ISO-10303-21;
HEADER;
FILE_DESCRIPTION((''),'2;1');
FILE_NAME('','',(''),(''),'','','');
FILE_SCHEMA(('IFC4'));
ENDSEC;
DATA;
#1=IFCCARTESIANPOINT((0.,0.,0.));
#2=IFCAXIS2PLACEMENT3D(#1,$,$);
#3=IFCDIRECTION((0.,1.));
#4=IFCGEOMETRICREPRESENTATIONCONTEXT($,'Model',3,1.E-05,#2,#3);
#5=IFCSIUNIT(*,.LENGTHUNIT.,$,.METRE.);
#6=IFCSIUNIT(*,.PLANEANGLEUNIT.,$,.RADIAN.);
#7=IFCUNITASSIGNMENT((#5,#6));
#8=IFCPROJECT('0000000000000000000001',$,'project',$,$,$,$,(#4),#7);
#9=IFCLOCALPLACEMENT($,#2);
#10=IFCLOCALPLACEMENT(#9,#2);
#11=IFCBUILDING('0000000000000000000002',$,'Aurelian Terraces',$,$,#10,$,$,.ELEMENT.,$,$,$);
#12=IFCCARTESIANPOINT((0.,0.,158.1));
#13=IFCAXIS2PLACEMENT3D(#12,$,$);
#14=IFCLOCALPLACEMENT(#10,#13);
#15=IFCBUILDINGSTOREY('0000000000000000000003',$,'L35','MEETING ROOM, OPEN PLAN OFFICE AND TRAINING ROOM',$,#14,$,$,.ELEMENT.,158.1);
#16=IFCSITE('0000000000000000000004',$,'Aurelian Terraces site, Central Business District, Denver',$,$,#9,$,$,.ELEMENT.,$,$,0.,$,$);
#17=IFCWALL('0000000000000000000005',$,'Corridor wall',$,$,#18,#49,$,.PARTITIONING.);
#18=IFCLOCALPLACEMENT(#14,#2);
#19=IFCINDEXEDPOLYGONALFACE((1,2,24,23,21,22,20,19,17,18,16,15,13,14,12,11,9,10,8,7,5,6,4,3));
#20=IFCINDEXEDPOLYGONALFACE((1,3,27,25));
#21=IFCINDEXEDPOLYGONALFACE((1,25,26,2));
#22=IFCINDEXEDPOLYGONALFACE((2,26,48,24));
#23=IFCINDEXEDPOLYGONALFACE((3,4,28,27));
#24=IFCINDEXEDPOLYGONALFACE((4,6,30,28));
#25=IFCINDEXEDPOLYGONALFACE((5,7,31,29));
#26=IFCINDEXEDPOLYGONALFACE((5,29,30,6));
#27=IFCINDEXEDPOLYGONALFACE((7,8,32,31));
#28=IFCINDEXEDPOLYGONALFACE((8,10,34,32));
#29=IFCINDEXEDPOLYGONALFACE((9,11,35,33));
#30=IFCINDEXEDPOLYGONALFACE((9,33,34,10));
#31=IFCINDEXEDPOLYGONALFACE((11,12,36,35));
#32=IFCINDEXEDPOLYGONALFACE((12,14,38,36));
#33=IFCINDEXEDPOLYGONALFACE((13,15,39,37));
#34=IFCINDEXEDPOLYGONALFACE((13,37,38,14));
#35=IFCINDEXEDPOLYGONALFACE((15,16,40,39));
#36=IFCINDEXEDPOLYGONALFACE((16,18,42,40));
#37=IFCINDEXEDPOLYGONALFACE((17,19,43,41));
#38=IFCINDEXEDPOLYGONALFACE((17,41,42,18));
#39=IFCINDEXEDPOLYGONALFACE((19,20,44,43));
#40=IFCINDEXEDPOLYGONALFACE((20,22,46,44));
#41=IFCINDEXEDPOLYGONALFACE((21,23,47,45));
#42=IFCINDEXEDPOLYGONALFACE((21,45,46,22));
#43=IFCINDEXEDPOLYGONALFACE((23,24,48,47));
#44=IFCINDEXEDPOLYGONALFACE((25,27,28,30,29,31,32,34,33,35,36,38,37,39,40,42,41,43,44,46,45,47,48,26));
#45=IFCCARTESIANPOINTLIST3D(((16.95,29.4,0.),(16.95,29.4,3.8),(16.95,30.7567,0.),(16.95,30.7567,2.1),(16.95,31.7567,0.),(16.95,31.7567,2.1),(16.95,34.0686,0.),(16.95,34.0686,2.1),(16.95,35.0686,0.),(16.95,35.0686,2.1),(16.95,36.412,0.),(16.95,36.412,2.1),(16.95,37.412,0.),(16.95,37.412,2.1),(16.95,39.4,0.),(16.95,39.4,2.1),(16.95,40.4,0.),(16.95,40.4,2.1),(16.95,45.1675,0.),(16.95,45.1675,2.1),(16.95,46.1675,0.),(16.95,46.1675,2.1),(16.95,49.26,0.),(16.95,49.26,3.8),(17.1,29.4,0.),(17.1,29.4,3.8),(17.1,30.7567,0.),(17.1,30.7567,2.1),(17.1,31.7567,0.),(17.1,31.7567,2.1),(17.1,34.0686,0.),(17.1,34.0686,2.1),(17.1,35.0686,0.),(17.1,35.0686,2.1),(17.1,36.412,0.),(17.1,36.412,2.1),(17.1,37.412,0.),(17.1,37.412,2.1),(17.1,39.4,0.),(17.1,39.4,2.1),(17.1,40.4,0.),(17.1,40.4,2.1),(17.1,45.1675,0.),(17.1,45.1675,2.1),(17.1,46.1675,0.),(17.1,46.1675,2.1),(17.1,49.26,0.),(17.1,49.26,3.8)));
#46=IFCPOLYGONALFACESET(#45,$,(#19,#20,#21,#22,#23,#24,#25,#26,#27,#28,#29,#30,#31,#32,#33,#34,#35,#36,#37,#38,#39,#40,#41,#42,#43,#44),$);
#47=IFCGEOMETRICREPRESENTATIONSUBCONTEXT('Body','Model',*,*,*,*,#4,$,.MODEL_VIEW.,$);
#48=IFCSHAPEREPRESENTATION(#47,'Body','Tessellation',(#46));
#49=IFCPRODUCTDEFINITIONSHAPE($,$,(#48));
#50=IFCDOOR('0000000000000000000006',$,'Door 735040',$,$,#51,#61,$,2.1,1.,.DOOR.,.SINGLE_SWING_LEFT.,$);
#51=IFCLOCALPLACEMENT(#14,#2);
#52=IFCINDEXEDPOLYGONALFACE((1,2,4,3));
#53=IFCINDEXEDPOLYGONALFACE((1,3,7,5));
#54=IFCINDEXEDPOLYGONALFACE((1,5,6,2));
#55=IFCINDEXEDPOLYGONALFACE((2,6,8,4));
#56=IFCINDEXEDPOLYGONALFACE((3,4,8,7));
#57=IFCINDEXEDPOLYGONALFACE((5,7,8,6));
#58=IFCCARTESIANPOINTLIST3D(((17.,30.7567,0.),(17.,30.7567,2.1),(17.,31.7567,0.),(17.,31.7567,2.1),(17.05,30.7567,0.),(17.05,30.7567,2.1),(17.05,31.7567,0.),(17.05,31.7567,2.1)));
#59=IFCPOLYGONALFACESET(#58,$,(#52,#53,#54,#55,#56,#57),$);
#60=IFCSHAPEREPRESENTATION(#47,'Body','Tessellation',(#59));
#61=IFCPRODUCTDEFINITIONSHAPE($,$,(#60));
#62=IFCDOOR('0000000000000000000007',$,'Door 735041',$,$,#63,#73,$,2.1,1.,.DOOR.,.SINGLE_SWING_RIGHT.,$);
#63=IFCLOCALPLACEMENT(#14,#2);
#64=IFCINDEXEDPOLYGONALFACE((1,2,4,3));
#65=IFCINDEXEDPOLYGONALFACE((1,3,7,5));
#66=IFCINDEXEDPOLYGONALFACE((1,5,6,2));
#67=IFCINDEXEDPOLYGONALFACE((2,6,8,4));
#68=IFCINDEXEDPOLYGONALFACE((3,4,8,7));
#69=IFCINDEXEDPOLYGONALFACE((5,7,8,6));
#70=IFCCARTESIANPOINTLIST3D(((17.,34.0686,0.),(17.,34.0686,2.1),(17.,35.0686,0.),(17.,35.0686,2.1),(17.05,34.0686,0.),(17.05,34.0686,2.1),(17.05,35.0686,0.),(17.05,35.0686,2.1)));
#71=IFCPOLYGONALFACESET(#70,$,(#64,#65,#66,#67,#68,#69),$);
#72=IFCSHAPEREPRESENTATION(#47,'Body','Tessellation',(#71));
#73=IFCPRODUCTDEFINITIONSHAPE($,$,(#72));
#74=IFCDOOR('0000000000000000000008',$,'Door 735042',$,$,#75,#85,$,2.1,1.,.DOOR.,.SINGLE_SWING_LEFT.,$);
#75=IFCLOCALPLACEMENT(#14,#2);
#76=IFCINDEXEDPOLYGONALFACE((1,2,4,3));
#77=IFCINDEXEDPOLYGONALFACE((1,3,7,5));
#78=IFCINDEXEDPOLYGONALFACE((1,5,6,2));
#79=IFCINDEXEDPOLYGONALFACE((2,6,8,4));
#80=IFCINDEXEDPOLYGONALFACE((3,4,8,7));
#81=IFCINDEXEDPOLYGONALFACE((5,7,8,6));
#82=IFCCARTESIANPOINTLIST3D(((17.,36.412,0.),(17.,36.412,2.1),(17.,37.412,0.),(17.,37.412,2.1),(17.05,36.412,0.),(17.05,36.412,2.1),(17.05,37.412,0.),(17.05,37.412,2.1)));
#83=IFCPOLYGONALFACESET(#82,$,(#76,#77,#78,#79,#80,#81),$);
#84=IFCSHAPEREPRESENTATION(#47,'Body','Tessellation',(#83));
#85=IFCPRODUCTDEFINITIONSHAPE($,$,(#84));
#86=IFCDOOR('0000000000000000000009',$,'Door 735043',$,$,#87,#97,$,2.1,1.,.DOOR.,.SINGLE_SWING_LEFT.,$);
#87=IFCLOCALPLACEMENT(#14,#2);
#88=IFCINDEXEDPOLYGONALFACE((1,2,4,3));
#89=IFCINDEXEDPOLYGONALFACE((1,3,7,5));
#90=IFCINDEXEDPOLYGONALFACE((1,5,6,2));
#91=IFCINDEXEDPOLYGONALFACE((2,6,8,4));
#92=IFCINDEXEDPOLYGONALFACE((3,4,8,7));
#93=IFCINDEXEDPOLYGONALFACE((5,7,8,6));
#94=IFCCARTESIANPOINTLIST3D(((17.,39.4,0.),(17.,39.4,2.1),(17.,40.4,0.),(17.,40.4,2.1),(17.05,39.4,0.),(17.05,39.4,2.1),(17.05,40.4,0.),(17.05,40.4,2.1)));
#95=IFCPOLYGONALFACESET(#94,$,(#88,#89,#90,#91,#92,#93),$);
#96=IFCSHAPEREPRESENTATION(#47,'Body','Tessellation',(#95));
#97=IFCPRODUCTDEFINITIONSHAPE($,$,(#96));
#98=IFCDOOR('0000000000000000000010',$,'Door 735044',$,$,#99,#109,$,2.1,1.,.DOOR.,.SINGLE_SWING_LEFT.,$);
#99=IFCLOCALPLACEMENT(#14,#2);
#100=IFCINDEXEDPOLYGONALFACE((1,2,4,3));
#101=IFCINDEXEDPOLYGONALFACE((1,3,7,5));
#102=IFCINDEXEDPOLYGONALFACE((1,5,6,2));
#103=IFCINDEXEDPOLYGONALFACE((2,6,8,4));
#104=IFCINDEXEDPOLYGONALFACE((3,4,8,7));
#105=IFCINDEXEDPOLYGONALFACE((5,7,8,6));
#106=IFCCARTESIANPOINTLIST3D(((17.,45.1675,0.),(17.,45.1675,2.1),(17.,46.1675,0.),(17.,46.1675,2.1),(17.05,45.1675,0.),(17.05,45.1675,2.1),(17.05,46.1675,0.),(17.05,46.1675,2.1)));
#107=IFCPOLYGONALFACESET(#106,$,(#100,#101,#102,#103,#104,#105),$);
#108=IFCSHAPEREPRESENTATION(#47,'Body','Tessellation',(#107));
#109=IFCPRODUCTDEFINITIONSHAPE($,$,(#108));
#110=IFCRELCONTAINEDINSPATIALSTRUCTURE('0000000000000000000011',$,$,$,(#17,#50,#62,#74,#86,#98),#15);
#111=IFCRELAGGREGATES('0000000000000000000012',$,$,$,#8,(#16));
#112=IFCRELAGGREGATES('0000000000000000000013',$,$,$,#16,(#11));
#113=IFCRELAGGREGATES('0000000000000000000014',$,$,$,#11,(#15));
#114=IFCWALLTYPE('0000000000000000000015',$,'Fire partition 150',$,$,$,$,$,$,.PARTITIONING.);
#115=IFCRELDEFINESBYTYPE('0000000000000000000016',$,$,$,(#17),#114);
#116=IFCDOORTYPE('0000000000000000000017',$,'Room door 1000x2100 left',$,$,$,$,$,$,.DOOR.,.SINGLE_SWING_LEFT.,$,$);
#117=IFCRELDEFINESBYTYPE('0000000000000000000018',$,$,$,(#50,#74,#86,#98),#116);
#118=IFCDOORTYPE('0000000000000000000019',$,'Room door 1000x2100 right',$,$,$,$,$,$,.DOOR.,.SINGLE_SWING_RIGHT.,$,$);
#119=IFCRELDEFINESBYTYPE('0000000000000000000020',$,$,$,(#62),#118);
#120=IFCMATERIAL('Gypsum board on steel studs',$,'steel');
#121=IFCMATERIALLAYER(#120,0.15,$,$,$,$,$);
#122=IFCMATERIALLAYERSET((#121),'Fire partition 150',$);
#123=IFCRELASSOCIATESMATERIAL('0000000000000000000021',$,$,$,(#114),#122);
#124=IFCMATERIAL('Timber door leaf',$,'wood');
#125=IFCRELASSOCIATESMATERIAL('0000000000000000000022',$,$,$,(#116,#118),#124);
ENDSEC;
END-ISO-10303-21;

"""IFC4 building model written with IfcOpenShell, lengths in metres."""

from ifc_helpers import new_model, si_unit, direction, frame, frame_2d, origin, place, context, subcontext, project, spatial, rectangle, extrude, source, transform, mapped, material, layer, layer_set, type_object, element, fill, save


model = new_model("IFC4")

# Units and contexts
model_context = context("Model", 3, precision=1e-05, world=origin(), true_north=direction((0.0, 1.0)))
body_context = subcontext(model_context, "Body", "Model", "MODEL_VIEW")
ifc_project = project(units=[si_unit("LENGTHUNIT", "METRE"), si_unit("PLANEANGLEUNIT", "RADIAN")], contexts=[model_context])

# Site, building, storey
site_placement = place(None, origin())
site = spatial("IfcSite", under=ifc_project, at=site_placement, Name="Aurelian Terraces site, Central Business District, Denver", CompositionType="ELEMENT", RefElevation=0.0)
building_placement = place(site_placement, origin())
building = spatial("IfcBuilding", under=site, at=building_placement, Name="Aurelian Terraces", CompositionType="ELEMENT")
storey_placement = place(building_placement, frame((0.0, 0.0, 158.1)))
storey = spatial("IfcBuildingStorey", under=building, at=storey_placement, Name="L35", Description="MEETING ROOM, OPEN PLAN OFFICE AND TRAINING ROOM", CompositionType="ELEMENT", Elevation=158.1)

# Shared definitions
ifc_material_1 = material(Name="Gypsum board on steel studs", Category="steel")
ifc_layer_1 = layer(ifc_material_1, 0.15)
ifc_layer_set_1 = layer_set([ifc_layer_1], Name="Fire partition 150")
wall_type_1 = type_object("IfcWallType", Name="Fire partition 150", PredefinedType="PARTITIONING", material=ifc_layer_set_1)
ifc_material_2 = material(Name="Timber door leaf", Category="wood")

# Wall, openings, doors
shared_shape_1 = source(origin(), body_context, "Body", "SweptSolid", [
    extrude(rectangle(XDim=19.86, YDim=0.15, at=frame_2d((9.93, 0.0))), origin(), (0.0, 0.0, 1.0), 3.8),
])
wall_1_placement = place(storey_placement, frame((17.025, 49.26, 0.0), z_axis=(0.0, 0.0, 1.0), x_axis=(0.0, -1.0, 0.0)))
wall_1 = element("IfcWall", 1, at=wall_1_placement, inside=storey, type_object=wall_type_1, Name="Corridor wall", PredefinedType="PARTITIONING", context=body_context, shape_type="MappedRepresentation", body=[
    mapped(shared_shape_1, transform((0.0, 0.0, 0.0), scale=1.0)),
])
shared_shape_2 = source(origin(), body_context, "Body", "SweptSolid", [
    extrude(rectangle(XDim=1.0, YDim=2.1, at=frame_2d((0.5, 1.05))), frame((0.0, 0.085, 0.0), z_axis=(0.0, -1.0, 0.0), x_axis=(1.0, 0.0, 0.0)), (0.0, 0.0, 1.0), 0.17),
])
opening_1_placement = place(wall_1_placement, frame((17.5033, 0.0, 0.0)))
opening_1 = element("IfcOpeningElement", 2, at=opening_1_placement, cuts=wall_1, PredefinedType="OPENING", context=body_context, shape_type="MappedRepresentation", body=[
    mapped(shared_shape_2, transform((0.0, 0.0, 0.0), scale=1.0)),
])
opening_2_placement = place(wall_1_placement, frame((14.1914, 0.0, 0.0)))
opening_2 = element("IfcOpeningElement", 3, at=opening_2_placement, cuts=wall_1, PredefinedType="OPENING", context=body_context, shape_type="MappedRepresentation", body=[
    mapped(shared_shape_2, transform((0.0, 0.0, 0.0), scale=1.0)),
])
opening_3_placement = place(wall_1_placement, frame((11.848, 0.0, 0.0)))
opening_3 = element("IfcOpeningElement", 4, at=opening_3_placement, cuts=wall_1, PredefinedType="OPENING", context=body_context, shape_type="MappedRepresentation", body=[
    mapped(shared_shape_2, transform((0.0, 0.0, 0.0), scale=1.0)),
])
opening_4_placement = place(wall_1_placement, frame((8.86, 0.0, 0.0)))
opening_4 = element("IfcOpeningElement", 5, at=opening_4_placement, cuts=wall_1, PredefinedType="OPENING", context=body_context, shape_type="MappedRepresentation", body=[
    mapped(shared_shape_2, transform((0.0, 0.0, 0.0), scale=1.0)),
])
opening_5_placement = place(wall_1_placement, frame((3.0925, 0.0, 0.0)))
opening_5 = element("IfcOpeningElement", 6, at=opening_5_placement, cuts=wall_1, PredefinedType="OPENING", context=body_context, shape_type="MappedRepresentation", body=[
    mapped(shared_shape_2, transform((0.0, 0.0, 0.0), scale=1.0)),
])
door_type_1 = type_object("IfcDoorType", Name="Room door 1000x2100 left", OperationType="SINGLE_SWING_LEFT", PredefinedType="DOOR", material=ifc_material_2)
shared_shape_3 = source(origin(), body_context, "Body", "SweptSolid", [
    extrude(rectangle(XDim=1.0, YDim=2.1, at=frame_2d((0.5, 1.05))), frame((0.0, 0.025, 0.0), z_axis=(0.0, -1.0, 0.0), x_axis=(1.0, 0.0, 0.0)), (0.0, 0.0, 1.0), 0.05),
])
door_1_placement = place(opening_1_placement, origin())
door_1 = element("IfcDoor", 7, at=door_1_placement, inside=storey, type_object=door_type_1, Name="Door 735040", OperationType="SINGLE_SWING_LEFT", OverallHeight=2.1, OverallWidth=1.0, PredefinedType="DOOR", context=body_context, shape_type="MappedRepresentation", body=[
    mapped(shared_shape_3, transform((0.0, 0.0, 0.0), scale=1.0)),
])
fill(opening_1, door_1)
door_type_2 = type_object("IfcDoorType", Name="Room door 1000x2100 right", OperationType="SINGLE_SWING_RIGHT", PredefinedType="DOOR", material=ifc_material_2)
door_2_placement = place(opening_2_placement, origin())
door_2 = element("IfcDoor", 8, at=door_2_placement, inside=storey, type_object=door_type_2, Name="Door 735041", OperationType="SINGLE_SWING_RIGHT", OverallHeight=2.1, OverallWidth=1.0, PredefinedType="DOOR", context=body_context, shape_type="MappedRepresentation", body=[
    mapped(shared_shape_3, transform((0.0, 0.0, 0.0), scale=1.0)),
])
fill(opening_2, door_2)
door_3_placement = place(opening_3_placement, origin())
door_3 = element("IfcDoor", 9, at=door_3_placement, inside=storey, type_object=door_type_1, Name="Door 735042", OperationType="SINGLE_SWING_LEFT", OverallHeight=2.1, OverallWidth=1.0, PredefinedType="DOOR", context=body_context, shape_type="MappedRepresentation", body=[
    mapped(shared_shape_3, transform((0.0, 0.0, 0.0), scale=1.0)),
])
fill(opening_3, door_3)
door_4_placement = place(opening_4_placement, origin())
door_4 = element("IfcDoor", 10, at=door_4_placement, inside=storey, type_object=door_type_1, Name="Door 735043", OperationType="SINGLE_SWING_LEFT", OverallHeight=2.1, OverallWidth=1.0, PredefinedType="DOOR", context=body_context, shape_type="MappedRepresentation", body=[
    mapped(shared_shape_3, transform((0.0, 0.0, 0.0), scale=1.0)),
])
fill(opening_4, door_4)
door_5_placement = place(opening_5_placement, origin())
door_5 = element("IfcDoor", 11, at=door_5_placement, inside=storey, type_object=door_type_1, Name="Door 735044", OperationType="SINGLE_SWING_LEFT", OverallHeight=2.1, OverallWidth=1.0, PredefinedType="DOOR", context=body_context, shape_type="MappedRepresentation", body=[
    mapped(shared_shape_3, transform((0.0, 0.0, 0.0), scale=1.0)),
])
fill(opening_5, door_5)

save(model, "model.ifc")
